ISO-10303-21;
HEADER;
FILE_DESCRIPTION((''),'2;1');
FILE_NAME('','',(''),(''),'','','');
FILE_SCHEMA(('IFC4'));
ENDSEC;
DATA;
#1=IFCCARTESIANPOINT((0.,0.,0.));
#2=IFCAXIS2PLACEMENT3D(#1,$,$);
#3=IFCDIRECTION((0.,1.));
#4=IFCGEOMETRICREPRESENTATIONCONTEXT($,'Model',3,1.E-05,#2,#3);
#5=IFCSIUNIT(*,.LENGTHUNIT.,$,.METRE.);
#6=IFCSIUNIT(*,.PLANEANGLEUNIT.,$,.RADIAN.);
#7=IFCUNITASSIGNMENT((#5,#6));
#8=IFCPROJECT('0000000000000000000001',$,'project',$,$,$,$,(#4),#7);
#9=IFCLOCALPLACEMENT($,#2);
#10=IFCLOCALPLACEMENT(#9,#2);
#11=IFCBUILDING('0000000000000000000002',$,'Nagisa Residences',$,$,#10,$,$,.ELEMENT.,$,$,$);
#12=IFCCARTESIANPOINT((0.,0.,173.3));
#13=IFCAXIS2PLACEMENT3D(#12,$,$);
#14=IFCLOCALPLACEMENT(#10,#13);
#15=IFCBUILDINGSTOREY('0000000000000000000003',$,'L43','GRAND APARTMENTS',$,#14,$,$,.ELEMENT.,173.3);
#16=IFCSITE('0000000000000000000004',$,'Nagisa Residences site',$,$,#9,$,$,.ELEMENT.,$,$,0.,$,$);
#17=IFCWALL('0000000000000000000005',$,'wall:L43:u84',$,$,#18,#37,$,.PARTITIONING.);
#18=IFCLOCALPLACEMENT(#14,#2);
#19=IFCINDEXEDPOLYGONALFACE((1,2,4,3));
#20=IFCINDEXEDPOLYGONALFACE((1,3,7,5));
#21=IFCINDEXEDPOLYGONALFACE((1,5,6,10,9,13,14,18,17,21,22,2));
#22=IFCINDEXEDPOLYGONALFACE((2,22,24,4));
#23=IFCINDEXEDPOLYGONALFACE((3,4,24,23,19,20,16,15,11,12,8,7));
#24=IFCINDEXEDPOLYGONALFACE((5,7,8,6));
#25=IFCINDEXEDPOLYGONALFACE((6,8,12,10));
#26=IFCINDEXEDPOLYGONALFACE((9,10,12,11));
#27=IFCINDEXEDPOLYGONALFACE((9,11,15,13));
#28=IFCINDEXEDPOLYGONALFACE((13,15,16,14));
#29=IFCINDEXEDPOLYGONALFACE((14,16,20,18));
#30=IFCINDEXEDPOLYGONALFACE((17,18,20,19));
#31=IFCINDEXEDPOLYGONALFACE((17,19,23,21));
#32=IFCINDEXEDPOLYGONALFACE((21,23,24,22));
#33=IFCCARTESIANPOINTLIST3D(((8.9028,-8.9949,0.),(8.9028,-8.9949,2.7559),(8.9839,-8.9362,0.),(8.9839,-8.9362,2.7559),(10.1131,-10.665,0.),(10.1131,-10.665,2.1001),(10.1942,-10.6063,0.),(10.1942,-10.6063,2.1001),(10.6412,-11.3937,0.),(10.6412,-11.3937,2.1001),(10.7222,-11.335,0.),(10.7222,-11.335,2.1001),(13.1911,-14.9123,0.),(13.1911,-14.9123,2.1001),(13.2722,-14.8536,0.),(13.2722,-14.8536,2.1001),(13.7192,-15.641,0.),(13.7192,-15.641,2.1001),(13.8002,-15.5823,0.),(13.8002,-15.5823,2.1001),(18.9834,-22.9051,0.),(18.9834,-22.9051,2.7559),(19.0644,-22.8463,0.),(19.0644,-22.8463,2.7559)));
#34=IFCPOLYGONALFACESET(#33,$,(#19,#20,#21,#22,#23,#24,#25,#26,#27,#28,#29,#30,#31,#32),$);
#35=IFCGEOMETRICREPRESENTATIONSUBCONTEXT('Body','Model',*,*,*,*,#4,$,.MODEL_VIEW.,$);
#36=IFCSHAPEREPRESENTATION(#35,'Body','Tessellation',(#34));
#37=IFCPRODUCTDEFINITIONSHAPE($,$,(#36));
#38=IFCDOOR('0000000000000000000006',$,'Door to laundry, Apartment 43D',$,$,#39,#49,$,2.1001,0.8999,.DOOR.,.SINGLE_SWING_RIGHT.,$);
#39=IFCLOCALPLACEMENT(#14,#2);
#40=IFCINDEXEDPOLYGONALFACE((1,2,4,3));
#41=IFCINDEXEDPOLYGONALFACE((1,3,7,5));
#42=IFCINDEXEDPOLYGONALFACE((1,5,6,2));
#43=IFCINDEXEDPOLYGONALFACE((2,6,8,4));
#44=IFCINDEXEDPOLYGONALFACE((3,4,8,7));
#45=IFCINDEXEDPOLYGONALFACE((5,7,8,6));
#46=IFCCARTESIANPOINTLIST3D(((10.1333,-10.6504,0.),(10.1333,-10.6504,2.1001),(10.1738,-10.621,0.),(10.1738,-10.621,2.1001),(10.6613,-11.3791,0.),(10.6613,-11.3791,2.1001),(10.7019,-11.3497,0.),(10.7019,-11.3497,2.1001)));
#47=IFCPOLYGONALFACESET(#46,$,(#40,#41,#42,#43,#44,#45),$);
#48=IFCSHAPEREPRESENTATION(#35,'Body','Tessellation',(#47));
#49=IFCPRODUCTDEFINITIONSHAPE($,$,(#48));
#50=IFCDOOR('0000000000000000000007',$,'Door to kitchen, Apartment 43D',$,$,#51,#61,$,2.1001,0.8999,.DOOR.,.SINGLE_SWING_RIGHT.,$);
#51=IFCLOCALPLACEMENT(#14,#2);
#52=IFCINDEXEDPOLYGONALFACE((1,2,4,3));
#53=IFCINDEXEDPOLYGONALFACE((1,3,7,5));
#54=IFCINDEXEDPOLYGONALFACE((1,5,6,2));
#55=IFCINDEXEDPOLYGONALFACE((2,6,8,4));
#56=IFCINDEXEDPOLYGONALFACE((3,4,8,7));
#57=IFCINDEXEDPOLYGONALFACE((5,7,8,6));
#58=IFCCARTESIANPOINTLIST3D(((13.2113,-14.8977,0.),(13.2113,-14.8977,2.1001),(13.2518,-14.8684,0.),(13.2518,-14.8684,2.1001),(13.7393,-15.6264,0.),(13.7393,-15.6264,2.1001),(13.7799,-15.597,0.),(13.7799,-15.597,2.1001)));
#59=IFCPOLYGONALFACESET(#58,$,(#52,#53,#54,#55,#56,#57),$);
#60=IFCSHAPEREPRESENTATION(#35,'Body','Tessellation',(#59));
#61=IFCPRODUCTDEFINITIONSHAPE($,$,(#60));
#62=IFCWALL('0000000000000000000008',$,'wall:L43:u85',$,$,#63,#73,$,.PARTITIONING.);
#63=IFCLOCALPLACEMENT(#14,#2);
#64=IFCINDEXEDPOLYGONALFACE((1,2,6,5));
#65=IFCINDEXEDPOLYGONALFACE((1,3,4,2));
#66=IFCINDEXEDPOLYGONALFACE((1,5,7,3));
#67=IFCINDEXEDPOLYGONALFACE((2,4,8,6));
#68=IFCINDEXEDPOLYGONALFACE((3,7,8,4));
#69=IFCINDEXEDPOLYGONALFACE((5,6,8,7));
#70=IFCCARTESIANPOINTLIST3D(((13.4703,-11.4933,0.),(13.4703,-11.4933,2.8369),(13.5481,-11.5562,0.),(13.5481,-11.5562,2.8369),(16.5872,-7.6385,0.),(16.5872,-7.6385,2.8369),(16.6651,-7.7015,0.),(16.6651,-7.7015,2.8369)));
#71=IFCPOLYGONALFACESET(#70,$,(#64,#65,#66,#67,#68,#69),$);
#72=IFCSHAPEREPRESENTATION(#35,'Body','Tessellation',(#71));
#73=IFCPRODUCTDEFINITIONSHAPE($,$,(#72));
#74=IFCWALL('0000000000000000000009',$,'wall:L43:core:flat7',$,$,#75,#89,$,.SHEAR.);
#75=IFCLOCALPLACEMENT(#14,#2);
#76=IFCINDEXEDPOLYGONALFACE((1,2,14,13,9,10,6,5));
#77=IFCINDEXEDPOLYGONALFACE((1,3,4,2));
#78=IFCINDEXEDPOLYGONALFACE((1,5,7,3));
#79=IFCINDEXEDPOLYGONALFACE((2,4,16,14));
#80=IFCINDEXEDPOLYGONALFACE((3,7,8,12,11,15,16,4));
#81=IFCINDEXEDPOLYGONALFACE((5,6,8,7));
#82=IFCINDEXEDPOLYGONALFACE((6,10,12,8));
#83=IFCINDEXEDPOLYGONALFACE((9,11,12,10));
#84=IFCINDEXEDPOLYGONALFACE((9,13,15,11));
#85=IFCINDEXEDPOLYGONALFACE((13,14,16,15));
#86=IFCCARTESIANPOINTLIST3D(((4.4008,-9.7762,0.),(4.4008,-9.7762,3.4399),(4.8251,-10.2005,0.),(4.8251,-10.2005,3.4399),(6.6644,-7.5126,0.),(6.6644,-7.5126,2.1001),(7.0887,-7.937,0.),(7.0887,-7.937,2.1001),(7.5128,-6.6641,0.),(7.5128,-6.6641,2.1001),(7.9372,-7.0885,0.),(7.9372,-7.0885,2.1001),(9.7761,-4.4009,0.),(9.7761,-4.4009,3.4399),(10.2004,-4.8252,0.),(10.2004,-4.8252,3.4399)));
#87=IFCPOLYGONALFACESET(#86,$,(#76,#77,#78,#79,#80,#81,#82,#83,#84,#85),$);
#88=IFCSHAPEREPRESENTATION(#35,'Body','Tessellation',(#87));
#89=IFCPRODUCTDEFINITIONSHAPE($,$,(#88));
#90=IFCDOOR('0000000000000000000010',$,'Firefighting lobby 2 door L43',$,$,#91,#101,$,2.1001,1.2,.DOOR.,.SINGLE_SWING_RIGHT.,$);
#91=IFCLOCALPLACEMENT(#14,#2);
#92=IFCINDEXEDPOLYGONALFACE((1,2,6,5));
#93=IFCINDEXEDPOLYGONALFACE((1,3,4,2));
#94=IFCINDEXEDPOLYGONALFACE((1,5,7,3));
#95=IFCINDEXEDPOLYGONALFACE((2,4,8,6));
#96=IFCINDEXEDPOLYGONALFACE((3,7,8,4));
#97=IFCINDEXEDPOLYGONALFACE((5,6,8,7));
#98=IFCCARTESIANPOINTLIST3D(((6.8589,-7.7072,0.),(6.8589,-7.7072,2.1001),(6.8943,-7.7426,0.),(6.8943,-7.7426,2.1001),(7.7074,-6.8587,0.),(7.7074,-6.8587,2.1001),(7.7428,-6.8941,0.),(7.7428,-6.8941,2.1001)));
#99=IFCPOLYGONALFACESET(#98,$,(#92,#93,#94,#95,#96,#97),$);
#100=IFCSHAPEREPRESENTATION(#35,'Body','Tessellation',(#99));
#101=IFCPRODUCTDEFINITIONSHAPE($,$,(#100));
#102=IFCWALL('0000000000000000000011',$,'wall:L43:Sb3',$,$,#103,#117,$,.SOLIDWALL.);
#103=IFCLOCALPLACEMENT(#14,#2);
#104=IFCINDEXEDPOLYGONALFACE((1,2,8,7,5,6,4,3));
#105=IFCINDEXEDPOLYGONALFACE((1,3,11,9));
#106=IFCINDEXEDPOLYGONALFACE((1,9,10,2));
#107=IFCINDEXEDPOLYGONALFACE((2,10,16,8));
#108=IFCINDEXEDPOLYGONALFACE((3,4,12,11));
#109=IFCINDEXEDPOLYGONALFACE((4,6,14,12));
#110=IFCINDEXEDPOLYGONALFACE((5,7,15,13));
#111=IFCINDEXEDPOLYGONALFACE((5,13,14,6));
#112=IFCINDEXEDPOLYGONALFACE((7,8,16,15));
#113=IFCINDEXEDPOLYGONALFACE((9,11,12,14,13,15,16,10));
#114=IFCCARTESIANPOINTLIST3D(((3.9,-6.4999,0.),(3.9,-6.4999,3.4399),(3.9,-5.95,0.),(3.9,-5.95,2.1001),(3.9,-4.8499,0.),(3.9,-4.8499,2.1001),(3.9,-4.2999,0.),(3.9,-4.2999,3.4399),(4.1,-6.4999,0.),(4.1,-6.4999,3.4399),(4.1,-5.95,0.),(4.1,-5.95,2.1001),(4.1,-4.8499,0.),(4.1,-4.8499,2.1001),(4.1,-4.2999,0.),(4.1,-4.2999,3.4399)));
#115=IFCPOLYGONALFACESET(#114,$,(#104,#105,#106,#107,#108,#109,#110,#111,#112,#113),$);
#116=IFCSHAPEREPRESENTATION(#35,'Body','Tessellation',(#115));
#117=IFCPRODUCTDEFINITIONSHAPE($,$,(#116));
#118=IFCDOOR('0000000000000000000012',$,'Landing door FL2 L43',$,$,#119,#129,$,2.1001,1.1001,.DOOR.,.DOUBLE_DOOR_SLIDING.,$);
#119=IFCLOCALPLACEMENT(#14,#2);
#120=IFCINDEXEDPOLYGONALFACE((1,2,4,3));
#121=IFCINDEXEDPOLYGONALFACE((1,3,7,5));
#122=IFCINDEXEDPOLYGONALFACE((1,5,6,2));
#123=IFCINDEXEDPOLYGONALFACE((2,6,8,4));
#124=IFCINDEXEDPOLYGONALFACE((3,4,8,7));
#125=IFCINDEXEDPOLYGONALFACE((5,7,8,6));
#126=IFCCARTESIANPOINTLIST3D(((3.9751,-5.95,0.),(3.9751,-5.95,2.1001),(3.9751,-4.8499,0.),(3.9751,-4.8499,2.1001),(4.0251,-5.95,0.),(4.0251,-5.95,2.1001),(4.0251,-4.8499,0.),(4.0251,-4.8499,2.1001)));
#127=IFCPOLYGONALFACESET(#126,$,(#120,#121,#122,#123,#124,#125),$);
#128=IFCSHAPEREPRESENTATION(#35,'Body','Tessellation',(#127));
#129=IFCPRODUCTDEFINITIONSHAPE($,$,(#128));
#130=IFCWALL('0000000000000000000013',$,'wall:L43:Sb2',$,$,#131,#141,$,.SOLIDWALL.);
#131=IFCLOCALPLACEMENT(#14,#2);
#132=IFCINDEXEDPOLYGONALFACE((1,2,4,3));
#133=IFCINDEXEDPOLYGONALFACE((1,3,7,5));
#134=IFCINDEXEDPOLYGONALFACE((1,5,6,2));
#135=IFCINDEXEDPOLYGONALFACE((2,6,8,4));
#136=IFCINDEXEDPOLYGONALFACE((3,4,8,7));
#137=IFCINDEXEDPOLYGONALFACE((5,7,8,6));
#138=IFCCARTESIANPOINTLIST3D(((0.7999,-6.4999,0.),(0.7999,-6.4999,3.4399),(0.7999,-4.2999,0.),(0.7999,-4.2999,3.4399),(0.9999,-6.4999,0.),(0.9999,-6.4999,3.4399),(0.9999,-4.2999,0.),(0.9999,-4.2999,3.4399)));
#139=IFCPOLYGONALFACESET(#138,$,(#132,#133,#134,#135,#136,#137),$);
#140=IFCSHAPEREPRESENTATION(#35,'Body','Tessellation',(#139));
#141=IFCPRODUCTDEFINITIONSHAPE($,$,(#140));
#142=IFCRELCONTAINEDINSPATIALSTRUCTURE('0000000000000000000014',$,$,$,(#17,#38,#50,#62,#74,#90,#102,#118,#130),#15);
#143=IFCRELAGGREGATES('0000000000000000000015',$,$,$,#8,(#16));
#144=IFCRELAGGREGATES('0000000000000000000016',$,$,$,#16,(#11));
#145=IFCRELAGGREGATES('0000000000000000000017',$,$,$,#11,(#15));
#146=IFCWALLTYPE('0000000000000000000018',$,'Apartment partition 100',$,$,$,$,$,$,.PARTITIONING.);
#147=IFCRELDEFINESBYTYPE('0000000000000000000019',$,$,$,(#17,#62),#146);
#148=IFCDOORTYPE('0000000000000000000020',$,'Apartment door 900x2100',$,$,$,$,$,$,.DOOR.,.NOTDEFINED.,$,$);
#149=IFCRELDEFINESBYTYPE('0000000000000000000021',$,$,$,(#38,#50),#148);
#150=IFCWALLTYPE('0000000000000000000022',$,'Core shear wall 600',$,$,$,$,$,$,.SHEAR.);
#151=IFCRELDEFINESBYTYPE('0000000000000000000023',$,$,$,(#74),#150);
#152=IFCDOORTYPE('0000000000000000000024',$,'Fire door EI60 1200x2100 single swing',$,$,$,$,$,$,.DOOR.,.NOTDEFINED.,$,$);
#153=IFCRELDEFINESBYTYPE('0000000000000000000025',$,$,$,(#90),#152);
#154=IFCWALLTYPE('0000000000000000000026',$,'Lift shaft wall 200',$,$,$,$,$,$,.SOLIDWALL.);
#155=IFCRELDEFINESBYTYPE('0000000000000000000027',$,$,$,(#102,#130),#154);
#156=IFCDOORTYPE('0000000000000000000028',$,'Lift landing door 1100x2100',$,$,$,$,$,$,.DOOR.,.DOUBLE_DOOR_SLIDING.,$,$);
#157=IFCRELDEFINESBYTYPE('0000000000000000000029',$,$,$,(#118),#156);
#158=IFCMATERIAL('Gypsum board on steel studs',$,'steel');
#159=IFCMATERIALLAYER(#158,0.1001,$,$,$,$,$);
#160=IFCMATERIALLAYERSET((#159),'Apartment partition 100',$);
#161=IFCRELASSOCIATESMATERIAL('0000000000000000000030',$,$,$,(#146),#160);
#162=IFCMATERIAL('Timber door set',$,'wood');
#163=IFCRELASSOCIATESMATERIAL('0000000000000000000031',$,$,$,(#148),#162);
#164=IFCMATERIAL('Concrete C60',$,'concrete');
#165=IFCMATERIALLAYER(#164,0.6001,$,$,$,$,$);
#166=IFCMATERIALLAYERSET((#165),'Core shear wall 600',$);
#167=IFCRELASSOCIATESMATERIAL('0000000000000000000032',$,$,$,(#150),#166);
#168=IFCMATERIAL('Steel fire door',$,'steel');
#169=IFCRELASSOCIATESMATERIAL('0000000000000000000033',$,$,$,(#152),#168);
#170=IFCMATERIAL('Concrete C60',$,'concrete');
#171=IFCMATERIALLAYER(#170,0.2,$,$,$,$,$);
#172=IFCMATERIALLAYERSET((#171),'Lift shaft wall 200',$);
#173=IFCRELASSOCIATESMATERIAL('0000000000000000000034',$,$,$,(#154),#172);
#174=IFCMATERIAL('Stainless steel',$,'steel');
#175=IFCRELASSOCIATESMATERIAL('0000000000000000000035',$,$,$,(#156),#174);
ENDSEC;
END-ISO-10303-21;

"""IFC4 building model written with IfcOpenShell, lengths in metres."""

from ifc_helpers import new_model, si_unit, direction, frame, frame_2d, origin, place, context, subcontext, project, spatial, rectangle, extrude, material, layer, layer_set, type_object, element, fill, save


model = new_model("IFC4")

# Units and contexts
model_context = context("Model", 3, precision=1e-05, world=origin(), true_north=direction((0.0, 1.0)))
body_context = subcontext(model_context, "Body", "Model", "MODEL_VIEW")
ifc_project = project(units=[si_unit("LENGTHUNIT", "METRE"), si_unit("PLANEANGLEUNIT", "RADIAN")], contexts=[model_context])

# Site, building, storey
site_placement = place(None, origin())
site = spatial("IfcSite", under=ifc_project, at=site_placement, Name="Nagisa Residences site", CompositionType="ELEMENT", RefElevation=0.0)
building_placement = place(site_placement, origin())
building = spatial("IfcBuilding", under=site, at=building_placement, Name="Nagisa Residences", CompositionType="ELEMENT")
storey_placement = place(building_placement, frame((0.0, 0.0, 173.3)))
storey = spatial("IfcBuildingStorey", under=building, at=storey_placement, Name="L43", Description="GRAND APARTMENTS", CompositionType="ELEMENT", Elevation=173.3)

# Shared definitions
ifc_material_1 = material(Name="Gypsum board on steel studs", Category="steel")
ifc_layer_1 = layer(ifc_material_1, 0.1001)
ifc_layer_set_1 = layer_set([ifc_layer_1], Name="Apartment partition 100")
wall_type_1 = type_object("IfcWallType", Name="Apartment partition 100", PredefinedType="PARTITIONING", material=ifc_layer_set_1)
ifc_material_2 = material(Name="Timber door set", Category="wood")
door_type_1 = type_object("IfcDoorType", Name="Apartment door 900x2100", OperationType="NOTDEFINED", PredefinedType="DOOR", material=ifc_material_2)

# Wall, openings, doors
wall_1_placement = place(storey_placement, frame((8.9434, -8.9656, 0.0), z_axis=(0.0, 0.0, 1.0), x_axis=(0.586804, -0.809729, 0.0)))
wall_1 = element("IfcWall", 1, at=wall_1_placement, inside=storey, type_object=wall_type_1, Name="wall:L43:u84", PredefinedType="PARTITIONING", context=body_context, shape_type="SweptSolid", body=[
    extrude(rectangle(XDim=17.1787, YDim=0.1001, at=frame_2d((8.5894, 0.0))), origin(), (0.0, 0.0, 1.0), 2.7559),
])
opening_1_placement = place(wall_1_placement, frame((2.0625, 0.0, 0.0)))
opening_1 = element("IfcOpeningElement", 2, at=opening_1_placement, cuts=wall_1, PredefinedType="OPENING", context=body_context, shape_type="SweptSolid", body=[
    extrude(rectangle(XDim=0.8999, YDim=2.1001, at=frame_2d((0.45, 1.05))), frame((0.0, 0.0601, 0.0), z_axis=(0.0, -1.0, 0.0), x_axis=(1.0, 0.0, 0.0)), (0.0, 0.0, 1.0), 0.1201),
])
opening_2_placement = place(wall_1_placement, frame((7.3079, 0.0, 0.0)))
opening_2 = element("IfcOpeningElement", 3, at=opening_2_placement, cuts=wall_1, PredefinedType="OPENING", context=body_context, shape_type="SweptSolid", body=[
    extrude(rectangle(XDim=0.8999, YDim=2.1001, at=frame_2d((0.45, 1.05))), frame((0.0, 0.0601, 0.0), z_axis=(0.0, -1.0, 0.0), x_axis=(1.0, 0.0, 0.0)), (0.0, 0.0, 1.0), 0.1201),
])
door_1_placement = place(opening_1_placement, origin())
door_1 = element("IfcDoor", 4, at=door_1_placement, inside=storey, type_object=door_type_1, Name="Door to laundry, Apartment 43D", OperationType="SINGLE_SWING_RIGHT", OverallHeight=2.1001, OverallWidth=0.8999, PredefinedType="DOOR", context=body_context, shape_type="SweptSolid", body=[
    extrude(rectangle(XDim=0.8999, YDim=2.1001, at=frame_2d((0.45, 1.05))), frame((0.0, 0.0249, 0.0), z_axis=(0.0, -1.0, 0.0), x_axis=(1.0, 0.0, 0.0)), (0.0, 0.0, 1.0), 0.05),
])
fill(opening_1, door_1)
door_2_placement = place(opening_2_placement, origin())
door_2 = element("IfcDoor", 5, at=door_2_placement, inside=storey, type_object=door_type_1, Name="Door to kitchen, Apartment 43D", OperationType="SINGLE_SWING_RIGHT", OverallHeight=2.1001, OverallWidth=0.8999, PredefinedType="DOOR", context=body_context, shape_type="SweptSolid", body=[
    extrude(rectangle(XDim=0.8999, YDim=2.1001, at=frame_2d((0.45, 1.05))), frame((0.0, 0.0249, 0.0), z_axis=(0.0, -1.0, 0.0), x_axis=(1.0, 0.0, 0.0)), (0.0, 0.0, 1.0), 0.05),
])
fill(opening_2, door_2)

# Wall
wall_2_placement = place(storey_placement, frame((13.5093, -11.5247, 0.0), z_axis=(0.0, 0.0, 1.0), x_axis=(0.628765, 0.777596, 0.0)))
element("IfcWall", 6, at=wall_2_placement, inside=storey, type_object=wall_type_1, Name="wall:L43:u85", PredefinedType="PARTITIONING", context=body_context, shape_type="SweptSolid", body=[
    extrude(rectangle(XDim=4.9573, YDim=0.1001, at=frame_2d((2.4785, 0.0))), origin(), (0.0, 0.0, 1.0), 2.8369),
])

# Walls, openings, doors
ifc_material_3 = material(Name="Concrete C60", Category="concrete")
ifc_layer_2 = layer(ifc_material_3, 0.6001)
ifc_layer_set_2 = layer_set([ifc_layer_2], Name="Core shear wall 600")
wall_type_2 = type_object("IfcWallType", Name="Core shear wall 600", PredefinedType="SHEAR", material=ifc_layer_set_2)
wall_3_placement = place(storey_placement, frame((4.613, -9.9883, 0.0), z_axis=(0.0, 0.0, 1.0), x_axis=(0.707107, 0.707107, 0.0)))
wall_3 = element("IfcWall", 7, at=wall_3_placement, inside=storey, type_object=wall_type_2, Name="wall:L43:core:flat7", PredefinedType="SHEAR", context=body_context, shape_type="SweptSolid", body=[
    extrude(rectangle(XDim=7.6018, YDim=0.6001, at=frame_2d((3.8008, 0.0))), origin(), (0.0, 0.0, 1.0), 3.4399),
])
opening_3_placement = place(wall_3_placement, frame((3.2009, 0.0, 0.0)))
opening_3 = element("IfcOpeningElement", 8, at=opening_3_placement, cuts=wall_3, PredefinedType="OPENING", context=body_context, shape_type="SweptSolid", body=[
    extrude(rectangle(XDim=1.2, YDim=2.1001, at=frame_2d((0.6001, 1.05))), frame((0.0, 0.3101, 0.0), z_axis=(0.0, -1.0, 0.0), x_axis=(1.0, 0.0, 0.0)), (0.0, 0.0, 1.0), 0.6201),
])
ifc_material_4 = material(Name="Steel fire door", Category="steel")
door_type_2 = type_object("IfcDoorType", Name="Fire door EI60 1200x2100 single swing", OperationType="NOTDEFINED", PredefinedType="DOOR", material=ifc_material_4)
door_3_placement = place(opening_3_placement, origin())
door_3 = element("IfcDoor", 9, at=door_3_placement, inside=storey, type_object=door_type_2, Name="Firefighting lobby 2 door L43", OperationType="SINGLE_SWING_RIGHT", OverallHeight=2.1001, OverallWidth=1.2, PredefinedType="DOOR", context=body_context, shape_type="SweptSolid", body=[
    extrude(rectangle(XDim=1.2, YDim=2.1001, at=frame_2d((0.6001, 1.05))), frame((0.0, 0.0249, 0.0), z_axis=(0.0, -1.0, 0.0), x_axis=(1.0, 0.0, 0.0)), (0.0, 0.0, 1.0), 0.05),
])
fill(opening_3, door_3)
ifc_material_5 = material(Name="Concrete C60", Category="concrete")
ifc_layer_3 = layer(ifc_material_5, 0.2)
ifc_layer_set_3 = layer_set([ifc_layer_3], Name="Lift shaft wall 200")
wall_type_3 = type_object("IfcWallType", Name="Lift shaft wall 200", PredefinedType="SOLIDWALL", material=ifc_layer_set_3)
wall_4_placement = place(storey_placement, frame((4.0, -6.5, 0.0), z_axis=(0.0, 0.0, 1.0), x_axis=(0.0, 1.0, 0.0)))
wall_4 = element("IfcWall", 10, at=wall_4_placement, inside=storey, type_object=wall_type_3, Name="wall:L43:Sb3", PredefinedType="SOLIDWALL", context=body_context, shape_type="SweptSolid", body=[
    extrude(rectangle(XDim=2.2, YDim=0.2, at=frame_2d((1.1001, 0.0))), origin(), (0.0, 0.0, 1.0), 3.4399),
])
opening_4_placement = place(wall_4_placement, frame((0.55, 0.0, 0.0)))
opening_4 = element("IfcOpeningElement", 11, at=opening_4_placement, cuts=wall_4, PredefinedType="OPENING", context=body_context, shape_type="SweptSolid", body=[
    extrude(rectangle(XDim=1.1001, YDim=2.1001, at=frame_2d((0.55, 1.05))), frame((0.0, 0.1099, 0.0), z_axis=(0.0, -1.0, 0.0), x_axis=(1.0, 0.0, 0.0)), (0.0, 0.0, 1.0), 0.22),
])
ifc_material_6 = material(Name="Stainless steel", Category="steel")
door_type_3 = type_object("IfcDoorType", Name="Lift landing door 1100x2100", OperationType="DOUBLE_DOOR_SLIDING", PredefinedType="DOOR", material=ifc_material_6)
door_4_placement = place(opening_4_placement, origin())
door_4 = element("IfcDoor", 12, at=door_4_placement, inside=storey, type_object=door_type_3, Name="Landing door FL2 L43", OperationType="DOUBLE_DOOR_SLIDING", OverallHeight=2.1001, OverallWidth=1.1001, PredefinedType="DOOR", context=body_context, shape_type="SweptSolid", body=[
    extrude(rectangle(XDim=1.1001, YDim=2.1001, at=frame_2d((0.55, 1.05))), frame((0.0, 0.0249, 0.0), z_axis=(0.0, -1.0, 0.0), x_axis=(1.0, 0.0, 0.0)), (0.0, 0.0, 1.0), 0.05),
])
fill(opening_4, door_4)

# Wall
wall_5_placement = place(storey_placement, frame((0.8999, -6.5, 0.0), z_axis=(0.0, 0.0, 1.0), x_axis=(0.0, 1.0, 0.0)))
element("IfcWall", 13, at=wall_5_placement, inside=storey, type_object=wall_type_3, Name="wall:L43:Sb2", PredefinedType="SOLIDWALL", context=body_context, shape_type="SweptSolid", body=[
    extrude(rectangle(XDim=2.2, YDim=0.2, at=frame_2d((1.1001, 0.0))), origin(), (0.0, 0.0, 1.0), 3.4399),
])

save(model, "model.ifc")
